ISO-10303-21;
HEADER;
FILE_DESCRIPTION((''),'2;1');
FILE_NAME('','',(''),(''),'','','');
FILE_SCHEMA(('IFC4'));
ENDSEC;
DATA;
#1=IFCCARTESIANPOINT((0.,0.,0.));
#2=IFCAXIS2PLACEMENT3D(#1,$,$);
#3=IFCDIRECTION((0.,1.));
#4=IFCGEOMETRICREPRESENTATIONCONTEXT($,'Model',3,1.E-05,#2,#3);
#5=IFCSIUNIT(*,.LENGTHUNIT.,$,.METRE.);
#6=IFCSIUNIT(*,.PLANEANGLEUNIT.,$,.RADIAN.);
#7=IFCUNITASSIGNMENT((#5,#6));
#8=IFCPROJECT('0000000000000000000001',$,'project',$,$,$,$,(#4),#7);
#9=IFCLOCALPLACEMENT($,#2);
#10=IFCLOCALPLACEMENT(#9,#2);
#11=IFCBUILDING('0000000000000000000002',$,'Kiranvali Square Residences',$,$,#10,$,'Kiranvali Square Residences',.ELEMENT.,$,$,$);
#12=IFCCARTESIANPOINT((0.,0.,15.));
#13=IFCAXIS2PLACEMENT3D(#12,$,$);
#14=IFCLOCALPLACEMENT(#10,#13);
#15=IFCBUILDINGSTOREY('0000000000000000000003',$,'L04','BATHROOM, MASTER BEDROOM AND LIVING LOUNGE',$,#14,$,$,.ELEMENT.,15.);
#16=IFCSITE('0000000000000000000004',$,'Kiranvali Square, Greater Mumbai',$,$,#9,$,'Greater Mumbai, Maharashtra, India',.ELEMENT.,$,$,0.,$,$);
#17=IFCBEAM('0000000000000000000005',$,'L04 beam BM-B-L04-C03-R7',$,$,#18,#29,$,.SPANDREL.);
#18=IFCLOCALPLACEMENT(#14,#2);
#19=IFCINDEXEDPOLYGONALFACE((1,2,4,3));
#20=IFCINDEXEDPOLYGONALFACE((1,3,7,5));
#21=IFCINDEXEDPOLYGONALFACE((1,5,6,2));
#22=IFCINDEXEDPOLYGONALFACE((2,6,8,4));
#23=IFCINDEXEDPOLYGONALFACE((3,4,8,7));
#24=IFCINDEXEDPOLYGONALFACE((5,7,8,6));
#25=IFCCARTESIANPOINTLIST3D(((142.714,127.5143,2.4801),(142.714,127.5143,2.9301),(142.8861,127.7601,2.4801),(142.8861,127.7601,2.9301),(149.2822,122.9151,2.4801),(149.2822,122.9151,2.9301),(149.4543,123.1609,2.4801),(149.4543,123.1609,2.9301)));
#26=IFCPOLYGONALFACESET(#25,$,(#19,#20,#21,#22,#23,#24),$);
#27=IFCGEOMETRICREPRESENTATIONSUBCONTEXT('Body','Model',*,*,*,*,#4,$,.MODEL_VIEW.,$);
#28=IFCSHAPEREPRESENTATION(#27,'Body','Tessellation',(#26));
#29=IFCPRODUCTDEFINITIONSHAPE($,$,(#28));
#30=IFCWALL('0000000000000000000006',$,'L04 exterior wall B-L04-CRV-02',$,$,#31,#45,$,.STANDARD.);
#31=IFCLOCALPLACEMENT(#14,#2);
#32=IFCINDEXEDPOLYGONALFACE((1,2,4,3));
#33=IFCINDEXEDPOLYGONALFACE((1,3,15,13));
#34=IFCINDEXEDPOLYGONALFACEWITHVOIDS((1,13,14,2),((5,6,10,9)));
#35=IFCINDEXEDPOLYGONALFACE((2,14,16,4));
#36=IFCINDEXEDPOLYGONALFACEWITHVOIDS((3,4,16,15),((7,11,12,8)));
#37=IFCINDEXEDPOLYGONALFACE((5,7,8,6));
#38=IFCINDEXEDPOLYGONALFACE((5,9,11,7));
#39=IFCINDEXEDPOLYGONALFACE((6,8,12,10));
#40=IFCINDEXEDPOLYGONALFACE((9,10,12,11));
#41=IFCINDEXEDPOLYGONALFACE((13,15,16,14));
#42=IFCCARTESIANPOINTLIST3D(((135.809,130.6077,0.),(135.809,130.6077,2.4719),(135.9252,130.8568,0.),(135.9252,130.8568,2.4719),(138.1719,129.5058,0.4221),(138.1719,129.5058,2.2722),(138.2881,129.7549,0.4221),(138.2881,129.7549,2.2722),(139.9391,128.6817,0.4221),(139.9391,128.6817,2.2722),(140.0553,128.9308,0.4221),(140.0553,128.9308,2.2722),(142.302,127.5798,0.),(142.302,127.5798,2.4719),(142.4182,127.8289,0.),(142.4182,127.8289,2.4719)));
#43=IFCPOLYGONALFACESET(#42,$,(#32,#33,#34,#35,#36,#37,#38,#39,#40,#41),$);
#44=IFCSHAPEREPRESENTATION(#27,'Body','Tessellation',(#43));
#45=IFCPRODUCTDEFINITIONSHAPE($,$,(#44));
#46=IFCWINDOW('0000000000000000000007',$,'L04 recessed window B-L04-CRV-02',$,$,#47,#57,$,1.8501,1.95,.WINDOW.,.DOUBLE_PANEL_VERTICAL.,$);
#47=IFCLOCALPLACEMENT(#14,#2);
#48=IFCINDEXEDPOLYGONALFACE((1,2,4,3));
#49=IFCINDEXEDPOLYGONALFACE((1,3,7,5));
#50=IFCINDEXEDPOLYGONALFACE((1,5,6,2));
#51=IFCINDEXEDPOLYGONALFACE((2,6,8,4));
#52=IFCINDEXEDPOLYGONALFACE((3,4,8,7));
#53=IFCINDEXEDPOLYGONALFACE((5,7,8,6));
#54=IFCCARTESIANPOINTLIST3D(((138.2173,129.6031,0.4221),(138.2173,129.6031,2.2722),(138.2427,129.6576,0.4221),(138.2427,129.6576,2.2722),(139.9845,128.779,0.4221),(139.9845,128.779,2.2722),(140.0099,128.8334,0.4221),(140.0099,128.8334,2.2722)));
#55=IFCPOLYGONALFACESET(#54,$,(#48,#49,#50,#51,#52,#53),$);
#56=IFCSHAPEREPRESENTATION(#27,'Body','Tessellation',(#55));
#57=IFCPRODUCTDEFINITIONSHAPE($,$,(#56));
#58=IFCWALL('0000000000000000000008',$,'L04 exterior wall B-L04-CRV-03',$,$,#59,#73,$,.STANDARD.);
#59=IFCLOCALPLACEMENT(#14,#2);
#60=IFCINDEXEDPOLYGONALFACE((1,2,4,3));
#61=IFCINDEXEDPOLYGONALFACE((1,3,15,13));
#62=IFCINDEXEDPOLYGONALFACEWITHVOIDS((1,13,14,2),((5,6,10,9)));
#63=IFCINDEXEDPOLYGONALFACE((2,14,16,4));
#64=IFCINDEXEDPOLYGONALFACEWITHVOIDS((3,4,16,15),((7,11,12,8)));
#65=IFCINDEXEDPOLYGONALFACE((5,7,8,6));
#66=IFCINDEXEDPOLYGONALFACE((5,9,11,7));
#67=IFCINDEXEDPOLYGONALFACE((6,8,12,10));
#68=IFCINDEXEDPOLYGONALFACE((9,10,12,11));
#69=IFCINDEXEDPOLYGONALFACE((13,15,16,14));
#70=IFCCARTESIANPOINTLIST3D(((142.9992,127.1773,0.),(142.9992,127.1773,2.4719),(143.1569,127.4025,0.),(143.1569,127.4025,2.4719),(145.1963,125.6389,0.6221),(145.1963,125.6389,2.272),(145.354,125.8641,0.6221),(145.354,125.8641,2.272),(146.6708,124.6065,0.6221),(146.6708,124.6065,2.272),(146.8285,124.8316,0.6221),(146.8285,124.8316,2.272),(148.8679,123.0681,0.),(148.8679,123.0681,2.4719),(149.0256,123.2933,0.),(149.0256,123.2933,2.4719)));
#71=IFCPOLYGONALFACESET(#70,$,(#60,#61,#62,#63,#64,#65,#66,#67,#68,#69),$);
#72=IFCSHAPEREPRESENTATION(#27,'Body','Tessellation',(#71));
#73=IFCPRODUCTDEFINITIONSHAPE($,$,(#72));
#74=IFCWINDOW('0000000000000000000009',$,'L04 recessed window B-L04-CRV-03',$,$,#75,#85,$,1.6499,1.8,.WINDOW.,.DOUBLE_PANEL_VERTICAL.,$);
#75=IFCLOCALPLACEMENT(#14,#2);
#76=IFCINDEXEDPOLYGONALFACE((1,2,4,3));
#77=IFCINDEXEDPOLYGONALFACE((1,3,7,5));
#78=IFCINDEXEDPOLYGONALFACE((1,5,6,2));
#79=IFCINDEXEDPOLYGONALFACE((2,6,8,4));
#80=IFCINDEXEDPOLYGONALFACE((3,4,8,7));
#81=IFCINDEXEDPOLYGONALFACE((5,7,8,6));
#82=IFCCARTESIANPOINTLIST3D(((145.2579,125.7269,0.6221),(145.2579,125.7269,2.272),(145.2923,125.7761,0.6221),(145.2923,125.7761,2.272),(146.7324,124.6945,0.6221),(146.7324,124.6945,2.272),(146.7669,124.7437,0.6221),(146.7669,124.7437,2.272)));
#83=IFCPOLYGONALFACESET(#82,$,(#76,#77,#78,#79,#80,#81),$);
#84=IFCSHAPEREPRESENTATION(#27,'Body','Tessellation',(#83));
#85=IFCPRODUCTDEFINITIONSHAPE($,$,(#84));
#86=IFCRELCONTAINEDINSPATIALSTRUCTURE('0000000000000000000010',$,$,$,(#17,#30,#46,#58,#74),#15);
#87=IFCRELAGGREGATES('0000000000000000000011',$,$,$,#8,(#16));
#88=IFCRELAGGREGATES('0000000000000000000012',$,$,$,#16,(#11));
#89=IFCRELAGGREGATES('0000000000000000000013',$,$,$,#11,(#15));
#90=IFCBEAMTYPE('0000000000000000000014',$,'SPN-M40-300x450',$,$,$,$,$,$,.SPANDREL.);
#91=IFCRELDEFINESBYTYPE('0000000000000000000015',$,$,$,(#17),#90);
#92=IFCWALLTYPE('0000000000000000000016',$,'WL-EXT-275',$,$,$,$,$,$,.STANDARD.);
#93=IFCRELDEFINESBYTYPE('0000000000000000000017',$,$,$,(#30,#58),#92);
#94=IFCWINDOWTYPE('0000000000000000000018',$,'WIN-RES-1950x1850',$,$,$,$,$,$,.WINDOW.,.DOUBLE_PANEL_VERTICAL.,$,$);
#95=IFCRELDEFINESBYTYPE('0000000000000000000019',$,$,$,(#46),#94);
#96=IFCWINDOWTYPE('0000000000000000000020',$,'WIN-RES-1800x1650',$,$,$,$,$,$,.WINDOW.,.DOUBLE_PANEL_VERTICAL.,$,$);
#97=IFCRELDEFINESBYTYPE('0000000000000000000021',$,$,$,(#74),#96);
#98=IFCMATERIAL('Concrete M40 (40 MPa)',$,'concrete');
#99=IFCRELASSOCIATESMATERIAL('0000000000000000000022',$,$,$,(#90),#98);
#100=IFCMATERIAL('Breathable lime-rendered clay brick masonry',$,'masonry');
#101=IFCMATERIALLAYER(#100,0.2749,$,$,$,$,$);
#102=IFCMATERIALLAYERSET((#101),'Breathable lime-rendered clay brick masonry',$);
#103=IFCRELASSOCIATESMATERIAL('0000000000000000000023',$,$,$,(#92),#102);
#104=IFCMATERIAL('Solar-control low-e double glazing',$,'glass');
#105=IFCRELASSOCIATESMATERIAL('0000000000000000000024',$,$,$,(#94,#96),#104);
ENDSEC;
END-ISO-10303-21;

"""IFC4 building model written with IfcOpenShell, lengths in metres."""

from ifc_helpers import new_model, si_unit, direction, frame, frame_2d, origin, origin_2d, place, context, subcontext, project, spatial, rectangle, extrude, material, layer, layer_set, material_profile, profile_set, type_object, element, fill, save


model = new_model("IFC4")

# Units and contexts
model_context = context("Model", 3, precision=1e-05, world=origin(), true_north=direction((0.0, 1.0)))
body_context = subcontext(model_context, "Body", "Model", "MODEL_VIEW")
ifc_project = project(units=[si_unit("LENGTHUNIT", "METRE"), si_unit("PLANEANGLEUNIT", "RADIAN")], contexts=[model_context])

# Site, building, storey
site_placement = place(None, origin())
site = spatial("IfcSite", under=ifc_project, at=site_placement, Name="Kiranvali Square, Greater Mumbai", LongName="Greater Mumbai, Maharashtra, India", CompositionType="ELEMENT", RefElevation=0.0)
building_placement = place(site_placement, origin())
building = spatial("IfcBuilding", under=site, at=building_placement, Name="Kiranvali Square Residences", LongName="Kiranvali Square Residences", CompositionType="ELEMENT")
storey_placement = place(building_placement, frame((0.0, 0.0, 15.0)))
storey = spatial("IfcBuildingStorey", under=building, at=storey_placement, Name="L04", Description="BATHROOM, MASTER BEDROOM AND LIVING LOUNGE", CompositionType="ELEMENT", Elevation=15.0)

# Beam
ifc_material_1 = material(Name="Concrete M40 (40 MPa)", Category="concrete")
ifc_material_profile_1 = material_profile(ifc_material_1, rectangle(XDim=0.3, YDim=0.45, at=origin_2d()), Name="RC 300x450")
ifc_profile_set_1 = profile_set([ifc_material_profile_1], Name="Concrete M40 (40 MPa)")
beam_type_1 = type_object("IfcBeamType", Name="SPN-M40-300x450", PredefinedType="SPANDREL", material=ifc_profile_set_1)
for number, where, z_axis, x_axis, name in (
    (1, (142.8, 127.6372, 2.7051), (0.819148, -0.573583, 0.0), (0.573583, 0.819148, 0.0), "L04 beam BM-B-L04-C03-R7"),
):
    element("IfcBeam", number, at=place(storey_placement, frame(where, z_axis=z_axis, x_axis=x_axis)), inside=storey, type_object=beam_type_1, Name=name, PredefinedType="SPANDREL", context=body_context, shape_type="SweptSolid", body=[
        extrude(rectangle(XDim=0.3, YDim=0.45, at=origin_2d()), origin(), (0.0, 0.0, 1.0), 8.0183),
    ])

# Walls, openings, windows
ifc_material_2 = material(Name="Breathable lime-rendered clay brick masonry", Category="masonry")
ifc_layer = layer(ifc_material_2, 0.2749)
ifc_layer_set = layer_set([ifc_layer], Name="Breathable lime-rendered clay brick masonry")
wall_type = type_object("IfcWallType", Name="WL-EXT-275", PredefinedType="STANDARD", material=ifc_layer_set)
wall_1_placement = place(storey_placement, frame((135.8672, 130.7322, 0.0), z_axis=(0.0, 0.0, 1.0), x_axis=(0.906301, -0.422634, 0.0)))
wall_1 = element("IfcWall", 2, at=wall_1_placement, inside=storey, type_object=wall_type, Name="L04 exterior wall B-L04-CRV-02", PredefinedType="STANDARD", context=body_context, shape_type="SweptSolid", body=[
    extrude(rectangle(XDim=7.1643, YDim=0.2749, at=frame_2d((3.582, 0.0))), origin(), (0.0, 0.0, 1.0), 2.4719),
])
opening_1_placement = place(wall_1_placement, frame((2.6069, 0.0, 0.4221)))
opening_1 = element("IfcOpeningElement", 3, at=opening_1_placement, cuts=wall_1, PredefinedType="OPENING", context=body_context, shape_type="SweptSolid", body=[
    extrude(rectangle(XDim=1.95, YDim=1.8501, at=frame_2d((0.9751, 0.925))), frame((0.0, 0.1475, 0.0), z_axis=(0.0, -1.0, 0.0), x_axis=(1.0, 0.0, 0.0)), (0.0, 0.0, 1.0), 0.2949),
])
ifc_material_3 = material(Name="Solar-control low-e double glazing", Category="glass")
window_type_1 = type_object("IfcWindowType", Name="WIN-RES-1950x1850", PartitioningType="DOUBLE_PANEL_VERTICAL", PredefinedType="WINDOW", material=ifc_material_3)
window_1_placement = place(opening_1_placement, origin())
window_1 = element("IfcWindow", 4, at=window_1_placement, inside=storey, type_object=window_type_1, Name="L04 recessed window B-L04-CRV-02", OverallHeight=1.8501, OverallWidth=1.95, PartitioningType="DOUBLE_PANEL_VERTICAL", PredefinedType="WINDOW", context=body_context, shape_type="SweptSolid", body=[
    extrude(rectangle(XDim=1.95, YDim=1.8501, at=frame_2d((0.9751, 0.925))), frame((0.0, 0.03, 0.0), z_axis=(0.0, -1.0, 0.0), x_axis=(1.0, 0.0, 0.0)), (0.0, 0.0, 1.0), 0.0601),
])
fill(opening_1, window_1)
wall_2_placement = place(storey_placement, frame((143.0781, 127.2898, 0.0), z_axis=(0.0, 0.0, 1.0), x_axis=(0.819161, -0.573563, 0.0)))
wall_2 = element("IfcWall", 5, at=wall_2_placement, inside=storey, type_object=wall_type, Name="L04 exterior wall B-L04-CRV-03", PredefinedType="STANDARD", context=body_context, shape_type="SweptSolid", body=[
    extrude(rectangle(XDim=7.1643, YDim=0.2749, at=frame_2d((3.582, 0.0))), origin(), (0.0, 0.0, 1.0), 2.4719),
])
opening_2_placement = place(wall_2_placement, frame((2.6821, 0.0, 0.6221)))
opening_2 = element("IfcOpeningElement", 6, at=opening_2_placement, cuts=wall_2, PredefinedType="OPENING", context=body_context, shape_type="SweptSolid", body=[
    extrude(rectangle(XDim=1.8, YDim=1.6499, at=frame_2d((0.8999, 0.825))), frame((0.0, 0.1475, 0.0), z_axis=(0.0, -1.0, 0.0), x_axis=(1.0, 0.0, 0.0)), (0.0, 0.0, 1.0), 0.2949),
])
window_type_2 = type_object("IfcWindowType", Name="WIN-RES-1800x1650", PartitioningType="DOUBLE_PANEL_VERTICAL", PredefinedType="WINDOW", material=ifc_material_3)
window_2_placement = place(opening_2_placement, origin())
window_2 = element("IfcWindow", 7, at=window_2_placement, inside=storey, type_object=window_type_2, Name="L04 recessed window B-L04-CRV-03", OverallHeight=1.6499, OverallWidth=1.8, PartitioningType="DOUBLE_PANEL_VERTICAL", PredefinedType="WINDOW", context=body_context, shape_type="SweptSolid", body=[
    extrude(rectangle(XDim=1.8, YDim=1.6499, at=frame_2d((0.8999, 0.825))), frame((0.0, 0.03, 0.0), z_axis=(0.0, -1.0, 0.0), x_axis=(1.0, 0.0, 0.0)), (0.0, 0.0, 1.0), 0.0601),
])
fill(opening_2, window_2)

save(model, "model.ifc")
